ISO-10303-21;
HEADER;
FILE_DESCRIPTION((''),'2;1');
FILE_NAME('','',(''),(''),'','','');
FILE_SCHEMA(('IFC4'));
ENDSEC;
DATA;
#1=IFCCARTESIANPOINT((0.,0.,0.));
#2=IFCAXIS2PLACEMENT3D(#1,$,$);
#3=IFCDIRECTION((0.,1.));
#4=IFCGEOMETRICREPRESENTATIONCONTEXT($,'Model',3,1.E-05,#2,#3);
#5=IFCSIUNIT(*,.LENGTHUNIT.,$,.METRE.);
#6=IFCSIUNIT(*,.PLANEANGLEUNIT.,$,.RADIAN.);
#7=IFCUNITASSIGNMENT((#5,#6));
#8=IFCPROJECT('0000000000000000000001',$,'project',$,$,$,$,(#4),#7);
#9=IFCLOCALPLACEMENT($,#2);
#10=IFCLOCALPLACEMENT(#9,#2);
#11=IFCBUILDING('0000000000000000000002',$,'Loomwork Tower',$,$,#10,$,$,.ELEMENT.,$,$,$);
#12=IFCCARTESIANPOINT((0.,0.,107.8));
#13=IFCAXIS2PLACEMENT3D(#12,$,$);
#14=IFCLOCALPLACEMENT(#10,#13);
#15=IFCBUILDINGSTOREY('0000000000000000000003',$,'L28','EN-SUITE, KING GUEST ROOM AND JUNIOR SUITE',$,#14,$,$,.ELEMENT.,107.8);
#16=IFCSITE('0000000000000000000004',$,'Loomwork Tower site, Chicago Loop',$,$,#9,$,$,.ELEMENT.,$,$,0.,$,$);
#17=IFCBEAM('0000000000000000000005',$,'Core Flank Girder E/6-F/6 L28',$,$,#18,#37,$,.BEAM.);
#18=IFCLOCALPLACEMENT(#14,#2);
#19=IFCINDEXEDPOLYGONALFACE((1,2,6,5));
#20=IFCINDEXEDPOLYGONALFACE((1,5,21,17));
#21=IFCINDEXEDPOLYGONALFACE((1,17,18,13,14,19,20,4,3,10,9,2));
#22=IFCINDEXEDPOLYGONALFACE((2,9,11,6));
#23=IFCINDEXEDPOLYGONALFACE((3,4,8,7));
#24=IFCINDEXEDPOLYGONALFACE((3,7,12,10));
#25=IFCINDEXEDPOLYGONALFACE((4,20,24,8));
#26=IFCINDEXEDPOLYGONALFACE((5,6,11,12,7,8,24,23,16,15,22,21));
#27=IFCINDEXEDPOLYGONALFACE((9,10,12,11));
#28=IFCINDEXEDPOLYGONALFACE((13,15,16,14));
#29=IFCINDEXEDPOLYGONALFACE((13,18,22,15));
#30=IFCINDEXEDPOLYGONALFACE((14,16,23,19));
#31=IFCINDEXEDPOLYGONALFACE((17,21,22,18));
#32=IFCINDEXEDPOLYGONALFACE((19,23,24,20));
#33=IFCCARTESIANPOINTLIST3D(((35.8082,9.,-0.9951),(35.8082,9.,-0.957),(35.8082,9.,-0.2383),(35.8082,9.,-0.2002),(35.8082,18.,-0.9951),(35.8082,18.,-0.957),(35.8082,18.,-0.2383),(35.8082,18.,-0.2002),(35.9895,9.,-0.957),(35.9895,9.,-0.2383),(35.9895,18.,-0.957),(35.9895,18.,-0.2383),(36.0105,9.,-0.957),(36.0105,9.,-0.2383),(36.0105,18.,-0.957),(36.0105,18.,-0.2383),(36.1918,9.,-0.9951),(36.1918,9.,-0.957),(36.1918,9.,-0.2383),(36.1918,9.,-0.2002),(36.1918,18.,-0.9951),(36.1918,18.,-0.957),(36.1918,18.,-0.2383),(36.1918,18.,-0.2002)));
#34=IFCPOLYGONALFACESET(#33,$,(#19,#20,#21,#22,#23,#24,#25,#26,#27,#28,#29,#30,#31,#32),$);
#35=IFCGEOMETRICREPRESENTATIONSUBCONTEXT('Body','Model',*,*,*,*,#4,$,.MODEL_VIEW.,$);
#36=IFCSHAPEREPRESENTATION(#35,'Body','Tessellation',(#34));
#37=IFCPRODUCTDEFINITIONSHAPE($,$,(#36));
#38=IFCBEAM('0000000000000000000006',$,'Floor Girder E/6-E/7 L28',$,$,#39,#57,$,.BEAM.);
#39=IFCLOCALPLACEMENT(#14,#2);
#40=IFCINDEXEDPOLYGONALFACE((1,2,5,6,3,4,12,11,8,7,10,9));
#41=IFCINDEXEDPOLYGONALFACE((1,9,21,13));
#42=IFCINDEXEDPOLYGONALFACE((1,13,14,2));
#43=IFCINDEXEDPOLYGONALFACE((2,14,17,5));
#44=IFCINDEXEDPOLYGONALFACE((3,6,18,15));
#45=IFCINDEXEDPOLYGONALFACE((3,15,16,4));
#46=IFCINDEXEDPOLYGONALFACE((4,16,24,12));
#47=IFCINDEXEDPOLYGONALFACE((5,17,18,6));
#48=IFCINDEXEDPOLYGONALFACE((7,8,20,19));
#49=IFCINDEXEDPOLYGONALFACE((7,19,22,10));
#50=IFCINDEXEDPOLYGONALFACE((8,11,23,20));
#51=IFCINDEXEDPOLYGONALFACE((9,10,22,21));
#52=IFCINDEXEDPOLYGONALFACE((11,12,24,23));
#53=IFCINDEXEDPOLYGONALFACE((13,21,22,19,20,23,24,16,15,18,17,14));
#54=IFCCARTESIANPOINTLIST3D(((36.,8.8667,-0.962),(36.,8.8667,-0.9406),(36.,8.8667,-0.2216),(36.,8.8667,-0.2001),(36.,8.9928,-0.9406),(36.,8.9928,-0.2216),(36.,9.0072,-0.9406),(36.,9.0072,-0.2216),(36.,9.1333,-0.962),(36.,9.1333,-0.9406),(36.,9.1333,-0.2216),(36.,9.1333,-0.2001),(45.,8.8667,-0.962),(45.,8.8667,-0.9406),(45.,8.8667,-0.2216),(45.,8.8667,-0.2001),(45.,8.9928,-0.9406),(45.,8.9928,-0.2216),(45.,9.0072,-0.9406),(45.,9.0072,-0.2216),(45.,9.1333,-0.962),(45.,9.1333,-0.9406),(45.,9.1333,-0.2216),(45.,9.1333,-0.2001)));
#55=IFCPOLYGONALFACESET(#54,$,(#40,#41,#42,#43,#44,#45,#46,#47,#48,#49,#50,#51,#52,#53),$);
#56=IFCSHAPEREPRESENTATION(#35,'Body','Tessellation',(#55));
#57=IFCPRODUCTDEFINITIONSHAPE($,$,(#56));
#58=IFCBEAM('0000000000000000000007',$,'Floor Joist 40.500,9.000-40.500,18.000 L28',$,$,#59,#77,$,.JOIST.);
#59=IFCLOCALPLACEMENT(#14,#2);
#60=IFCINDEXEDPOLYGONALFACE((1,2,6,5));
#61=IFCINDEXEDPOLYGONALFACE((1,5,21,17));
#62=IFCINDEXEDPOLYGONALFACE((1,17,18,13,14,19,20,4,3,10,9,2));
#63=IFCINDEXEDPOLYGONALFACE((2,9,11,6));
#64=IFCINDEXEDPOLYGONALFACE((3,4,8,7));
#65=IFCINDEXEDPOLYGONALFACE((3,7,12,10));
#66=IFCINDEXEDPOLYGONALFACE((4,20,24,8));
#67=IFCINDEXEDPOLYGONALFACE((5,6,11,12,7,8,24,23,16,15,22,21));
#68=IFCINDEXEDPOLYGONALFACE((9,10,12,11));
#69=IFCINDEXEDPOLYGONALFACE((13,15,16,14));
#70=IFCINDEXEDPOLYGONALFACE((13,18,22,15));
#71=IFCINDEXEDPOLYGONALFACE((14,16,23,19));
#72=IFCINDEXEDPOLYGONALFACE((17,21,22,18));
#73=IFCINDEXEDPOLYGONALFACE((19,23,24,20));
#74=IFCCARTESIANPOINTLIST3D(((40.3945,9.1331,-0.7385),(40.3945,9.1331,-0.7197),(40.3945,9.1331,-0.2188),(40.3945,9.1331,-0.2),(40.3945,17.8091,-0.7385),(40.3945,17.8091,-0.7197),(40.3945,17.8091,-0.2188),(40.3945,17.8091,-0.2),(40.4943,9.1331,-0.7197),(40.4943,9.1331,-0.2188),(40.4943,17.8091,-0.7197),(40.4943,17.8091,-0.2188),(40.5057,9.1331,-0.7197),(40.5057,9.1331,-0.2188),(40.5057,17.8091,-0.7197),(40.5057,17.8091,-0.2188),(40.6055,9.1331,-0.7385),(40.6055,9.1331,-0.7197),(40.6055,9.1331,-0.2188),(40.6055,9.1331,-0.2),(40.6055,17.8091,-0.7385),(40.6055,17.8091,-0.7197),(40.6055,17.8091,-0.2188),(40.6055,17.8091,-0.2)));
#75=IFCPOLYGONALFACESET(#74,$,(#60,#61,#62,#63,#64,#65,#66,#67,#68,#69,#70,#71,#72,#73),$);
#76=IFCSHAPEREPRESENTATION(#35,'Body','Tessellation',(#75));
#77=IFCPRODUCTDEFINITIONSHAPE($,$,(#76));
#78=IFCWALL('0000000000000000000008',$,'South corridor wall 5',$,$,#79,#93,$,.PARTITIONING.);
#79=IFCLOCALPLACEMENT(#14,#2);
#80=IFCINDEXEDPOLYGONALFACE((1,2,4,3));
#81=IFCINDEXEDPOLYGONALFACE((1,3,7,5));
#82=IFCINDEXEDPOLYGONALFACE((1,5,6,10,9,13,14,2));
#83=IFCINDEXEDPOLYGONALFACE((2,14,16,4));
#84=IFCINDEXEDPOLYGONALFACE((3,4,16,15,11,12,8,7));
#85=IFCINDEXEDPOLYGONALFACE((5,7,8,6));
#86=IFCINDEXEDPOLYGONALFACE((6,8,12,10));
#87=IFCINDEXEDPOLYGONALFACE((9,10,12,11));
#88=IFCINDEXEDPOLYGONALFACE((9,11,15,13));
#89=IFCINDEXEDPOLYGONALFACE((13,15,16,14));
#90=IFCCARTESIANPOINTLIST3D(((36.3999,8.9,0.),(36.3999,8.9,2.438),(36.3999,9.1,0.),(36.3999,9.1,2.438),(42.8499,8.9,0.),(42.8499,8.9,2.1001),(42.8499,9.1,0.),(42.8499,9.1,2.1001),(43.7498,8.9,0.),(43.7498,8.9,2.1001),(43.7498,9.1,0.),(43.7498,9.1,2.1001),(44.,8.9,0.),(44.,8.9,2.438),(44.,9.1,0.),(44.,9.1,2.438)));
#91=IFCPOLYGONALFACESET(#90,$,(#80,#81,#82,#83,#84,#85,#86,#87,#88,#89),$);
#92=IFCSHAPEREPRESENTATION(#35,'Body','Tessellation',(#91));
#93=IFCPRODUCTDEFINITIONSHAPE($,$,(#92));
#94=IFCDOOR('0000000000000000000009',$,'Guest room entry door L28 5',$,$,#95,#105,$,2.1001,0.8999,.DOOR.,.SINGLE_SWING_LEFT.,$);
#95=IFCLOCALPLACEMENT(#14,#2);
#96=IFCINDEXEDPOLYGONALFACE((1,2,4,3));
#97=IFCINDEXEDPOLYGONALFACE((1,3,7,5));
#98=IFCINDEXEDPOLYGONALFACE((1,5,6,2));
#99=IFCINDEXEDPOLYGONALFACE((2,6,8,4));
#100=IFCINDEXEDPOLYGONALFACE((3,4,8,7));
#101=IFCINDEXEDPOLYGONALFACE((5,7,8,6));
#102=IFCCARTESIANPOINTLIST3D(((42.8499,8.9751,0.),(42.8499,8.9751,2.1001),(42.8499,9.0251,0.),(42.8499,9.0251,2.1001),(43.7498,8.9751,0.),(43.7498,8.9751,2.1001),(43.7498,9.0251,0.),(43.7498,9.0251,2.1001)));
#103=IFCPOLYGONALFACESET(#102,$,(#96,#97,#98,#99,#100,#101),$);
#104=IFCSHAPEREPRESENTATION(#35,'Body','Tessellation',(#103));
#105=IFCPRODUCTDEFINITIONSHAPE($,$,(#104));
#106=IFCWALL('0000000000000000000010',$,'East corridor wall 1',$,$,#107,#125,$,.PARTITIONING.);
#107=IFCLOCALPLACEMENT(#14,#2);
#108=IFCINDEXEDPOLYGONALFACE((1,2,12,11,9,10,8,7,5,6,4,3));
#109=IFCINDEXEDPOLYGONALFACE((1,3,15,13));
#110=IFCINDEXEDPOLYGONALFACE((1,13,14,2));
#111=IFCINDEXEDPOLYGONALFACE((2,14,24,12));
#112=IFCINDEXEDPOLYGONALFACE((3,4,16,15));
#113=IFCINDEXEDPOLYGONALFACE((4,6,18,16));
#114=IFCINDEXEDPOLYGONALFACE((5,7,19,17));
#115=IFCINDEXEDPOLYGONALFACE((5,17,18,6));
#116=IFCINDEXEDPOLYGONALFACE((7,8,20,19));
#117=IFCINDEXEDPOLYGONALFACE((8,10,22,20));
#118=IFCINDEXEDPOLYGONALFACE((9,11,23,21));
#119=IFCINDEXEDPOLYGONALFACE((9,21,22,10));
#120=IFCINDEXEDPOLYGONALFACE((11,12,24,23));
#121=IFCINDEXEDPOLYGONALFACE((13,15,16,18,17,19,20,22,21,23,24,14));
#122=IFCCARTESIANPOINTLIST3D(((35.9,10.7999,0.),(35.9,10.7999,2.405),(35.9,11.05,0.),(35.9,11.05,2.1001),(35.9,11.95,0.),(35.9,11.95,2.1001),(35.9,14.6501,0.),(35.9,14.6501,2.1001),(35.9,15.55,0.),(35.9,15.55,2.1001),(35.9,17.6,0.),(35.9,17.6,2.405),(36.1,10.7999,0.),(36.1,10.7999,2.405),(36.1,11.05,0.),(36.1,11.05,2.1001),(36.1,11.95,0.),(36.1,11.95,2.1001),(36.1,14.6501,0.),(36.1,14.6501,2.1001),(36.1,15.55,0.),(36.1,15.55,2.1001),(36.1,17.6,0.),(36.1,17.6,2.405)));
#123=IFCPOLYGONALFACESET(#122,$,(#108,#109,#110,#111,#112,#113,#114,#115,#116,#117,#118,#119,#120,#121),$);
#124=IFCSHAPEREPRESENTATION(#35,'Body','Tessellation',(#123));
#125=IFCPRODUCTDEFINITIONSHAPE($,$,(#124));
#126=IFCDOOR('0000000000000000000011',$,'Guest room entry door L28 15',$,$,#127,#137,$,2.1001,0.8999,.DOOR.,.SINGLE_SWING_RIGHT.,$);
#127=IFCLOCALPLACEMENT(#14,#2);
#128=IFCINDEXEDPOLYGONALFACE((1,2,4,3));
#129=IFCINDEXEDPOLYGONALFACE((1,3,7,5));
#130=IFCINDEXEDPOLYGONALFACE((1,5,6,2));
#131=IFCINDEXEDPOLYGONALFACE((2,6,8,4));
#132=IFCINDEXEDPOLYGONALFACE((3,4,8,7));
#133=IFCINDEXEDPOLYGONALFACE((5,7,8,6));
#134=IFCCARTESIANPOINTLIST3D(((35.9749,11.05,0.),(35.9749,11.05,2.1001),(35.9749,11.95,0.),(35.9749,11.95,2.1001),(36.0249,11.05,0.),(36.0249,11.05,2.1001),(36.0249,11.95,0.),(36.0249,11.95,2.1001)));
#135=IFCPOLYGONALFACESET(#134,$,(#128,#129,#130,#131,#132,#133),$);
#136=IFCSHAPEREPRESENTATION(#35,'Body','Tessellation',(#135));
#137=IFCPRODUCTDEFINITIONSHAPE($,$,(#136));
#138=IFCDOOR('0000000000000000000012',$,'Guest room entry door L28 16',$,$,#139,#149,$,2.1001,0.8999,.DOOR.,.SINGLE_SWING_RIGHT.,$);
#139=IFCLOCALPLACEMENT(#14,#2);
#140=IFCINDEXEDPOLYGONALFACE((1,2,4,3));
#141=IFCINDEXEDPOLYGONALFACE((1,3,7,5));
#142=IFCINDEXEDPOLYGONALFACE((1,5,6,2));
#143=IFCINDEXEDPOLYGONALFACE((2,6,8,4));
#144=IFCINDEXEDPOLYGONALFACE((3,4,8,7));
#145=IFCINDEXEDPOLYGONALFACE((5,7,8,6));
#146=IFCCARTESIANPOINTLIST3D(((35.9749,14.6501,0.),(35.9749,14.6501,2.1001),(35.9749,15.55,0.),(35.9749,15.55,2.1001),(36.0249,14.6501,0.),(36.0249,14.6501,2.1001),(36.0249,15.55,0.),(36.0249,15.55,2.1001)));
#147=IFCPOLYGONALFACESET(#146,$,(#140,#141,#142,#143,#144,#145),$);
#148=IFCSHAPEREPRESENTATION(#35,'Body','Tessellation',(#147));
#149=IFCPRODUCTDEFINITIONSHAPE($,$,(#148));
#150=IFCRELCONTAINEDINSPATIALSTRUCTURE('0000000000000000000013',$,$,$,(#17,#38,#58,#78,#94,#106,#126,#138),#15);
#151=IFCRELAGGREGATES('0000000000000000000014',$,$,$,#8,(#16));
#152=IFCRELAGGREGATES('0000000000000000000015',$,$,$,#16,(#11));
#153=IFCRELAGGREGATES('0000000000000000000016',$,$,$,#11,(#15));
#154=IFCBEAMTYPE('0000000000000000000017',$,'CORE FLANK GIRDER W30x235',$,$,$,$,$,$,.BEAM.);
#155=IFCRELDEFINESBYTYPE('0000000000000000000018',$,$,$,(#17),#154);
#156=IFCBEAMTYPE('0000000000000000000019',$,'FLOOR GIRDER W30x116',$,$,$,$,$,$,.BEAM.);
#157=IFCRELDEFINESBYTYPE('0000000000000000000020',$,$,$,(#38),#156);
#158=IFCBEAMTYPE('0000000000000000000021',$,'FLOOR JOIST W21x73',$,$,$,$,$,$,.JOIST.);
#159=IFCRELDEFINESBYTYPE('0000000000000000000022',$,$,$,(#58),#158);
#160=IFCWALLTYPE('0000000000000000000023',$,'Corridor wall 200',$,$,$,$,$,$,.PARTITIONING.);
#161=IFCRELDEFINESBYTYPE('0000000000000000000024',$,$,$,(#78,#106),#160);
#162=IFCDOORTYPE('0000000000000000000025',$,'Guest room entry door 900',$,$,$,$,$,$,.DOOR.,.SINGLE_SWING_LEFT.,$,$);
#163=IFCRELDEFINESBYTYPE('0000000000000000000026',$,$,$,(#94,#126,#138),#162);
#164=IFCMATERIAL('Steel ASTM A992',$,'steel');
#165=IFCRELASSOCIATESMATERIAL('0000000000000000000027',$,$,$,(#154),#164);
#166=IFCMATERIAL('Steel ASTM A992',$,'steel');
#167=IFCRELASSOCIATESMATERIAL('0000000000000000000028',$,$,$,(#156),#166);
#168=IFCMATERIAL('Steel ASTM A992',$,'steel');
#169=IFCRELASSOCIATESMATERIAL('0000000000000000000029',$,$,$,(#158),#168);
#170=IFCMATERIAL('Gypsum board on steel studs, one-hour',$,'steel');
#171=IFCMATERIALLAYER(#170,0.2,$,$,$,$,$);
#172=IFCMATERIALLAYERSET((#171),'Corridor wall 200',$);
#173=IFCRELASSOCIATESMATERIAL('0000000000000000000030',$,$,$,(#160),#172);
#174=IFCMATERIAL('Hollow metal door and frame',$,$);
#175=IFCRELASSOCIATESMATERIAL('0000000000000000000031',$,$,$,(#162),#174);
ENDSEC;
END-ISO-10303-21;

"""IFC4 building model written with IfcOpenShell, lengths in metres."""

from ifc_helpers import new_model, si_unit, direction, frame, frame_2d, origin, origin_2d, place, context, subcontext, project, spatial, rectangle, i_section, extrude, material, layer, layer_set, material_profile, profile_set, type_object, element, fill, save


model = new_model("IFC4")

# Units and contexts
model_context = context("Model", 3, precision=1e-05, world=origin(), true_north=direction((0.0, 1.0)))
body_context = subcontext(model_context, "Body", "Model", "MODEL_VIEW")
ifc_project = project(units=[si_unit("LENGTHUNIT", "METRE"), si_unit("PLANEANGLEUNIT", "RADIAN")], contexts=[model_context])

# Site, building, storey
site_placement = place(None, origin())
site = spatial("IfcSite", under=ifc_project, at=site_placement, Name="Loomwork Tower site, Chicago Loop", CompositionType="ELEMENT", RefElevation=0.0)
building_placement = place(site_placement, origin())
building = spatial("IfcBuilding", under=site, at=building_placement, Name="Loomwork Tower", CompositionType="ELEMENT")
storey_placement = place(building_placement, frame((0.0, 0.0, 107.8)))
storey = spatial("IfcBuildingStorey", under=building, at=storey_placement, Name="L28", Description="EN-SUITE, KING GUEST ROOM AND JUNIOR SUITE", CompositionType="ELEMENT", Elevation=107.8)

# Beams
ifc_material_1 = material(Name="Steel ASTM A992", Category="steel")
ifc_material_profile_1 = material_profile(ifc_material_1, i_section(OverallWidth=0.3835, OverallDepth=0.7949, WebThickness=0.021, FlangeThickness=0.0381, at=origin_2d()), Name="W30x235")
ifc_profile_set_1 = profile_set([ifc_material_profile_1], Name="Steel ASTM A992")
beam_type_1 = type_object("IfcBeamType", Name="CORE FLANK GIRDER W30x235", PredefinedType="BEAM", material=ifc_profile_set_1)
beam_1_placement = place(storey_placement, frame((36.0, 9.0, -0.5977), z_axis=(0.0, 1.0, 0.0), x_axis=(-1.0, 0.0, 0.0)))
element("IfcBeam", 1, at=beam_1_placement, inside=storey, type_object=beam_type_1, Name="Core Flank Girder E/6-F/6 L28", PredefinedType="BEAM", context=body_context, shape_type="SweptSolid", body=[
    extrude(i_section(OverallWidth=0.3835, OverallDepth=0.7949, WebThickness=0.021, FlangeThickness=0.0381, at=origin_2d()), origin(), (0.0, 0.0, 1.0), 9.0),
])
ifc_material_2 = material(Name="Steel ASTM A992", Category="steel")
ifc_material_profile_2 = material_profile(ifc_material_2, i_section(OverallWidth=0.2666, OverallDepth=0.762, WebThickness=0.0144, FlangeThickness=0.0215, at=origin_2d()), Name="W30x116")
ifc_profile_set_2 = profile_set([ifc_material_profile_2], Name="Steel ASTM A992")
beam_type_2 = type_object("IfcBeamType", Name="FLOOR GIRDER W30x116", PredefinedType="BEAM", material=ifc_profile_set_2)
beam_2_placement = place(storey_placement, frame((36.0, 9.0, -0.5811), z_axis=(1.0, 0.0, 0.0), x_axis=(0.0, 1.0, 0.0)))
element("IfcBeam", 2, at=beam_2_placement, inside=storey, type_object=beam_type_2, Name="Floor Girder E/6-E/7 L28", PredefinedType="BEAM", context=body_context, shape_type="SweptSolid", body=[
    extrude(i_section(OverallWidth=0.2666, OverallDepth=0.762, WebThickness=0.0144, FlangeThickness=0.0215, at=origin_2d()), origin(), (0.0, 0.0, 1.0), 9.0),
])
ifc_material_3 = material(Name="Steel ASTM A992", Category="steel")
ifc_material_profile_3 = material_profile(ifc_material_3, i_section(OverallWidth=0.2109, OverallDepth=0.5386, WebThickness=0.0115, FlangeThickness=0.0188, at=origin_2d()), Name="W21x73")
ifc_profile_set_3 = profile_set([ifc_material_profile_3], Name="Steel ASTM A992")
beam_type_3 = type_object("IfcBeamType", Name="FLOOR JOIST W21x73", PredefinedType="JOIST", material=ifc_profile_set_3)
beam_3_placement = place(storey_placement, frame((40.5, 9.1331, -0.4692), z_axis=(0.0, 1.0, 0.0), x_axis=(-1.0, 0.0, 0.0)))
element("IfcBeam", 3, at=beam_3_placement, inside=storey, type_object=beam_type_3, Name="Floor Joist 40.500,9.000-40.500,18.000 L28", PredefinedType="JOIST", context=body_context, shape_type="SweptSolid", body=[
    extrude(i_section(OverallWidth=0.2109, OverallDepth=0.5386, WebThickness=0.0115, FlangeThickness=0.0188, at=origin_2d()), origin(), (0.0, 0.0, 1.0), 8.676),
])

# Wall, opening, door
ifc_material_4 = material(Name="Gypsum board on steel studs, one-hour", Category="steel")
ifc_layer_1 = layer(ifc_material_4, 0.2)
ifc_layer_set_1 = layer_set([ifc_layer_1], Name="Corridor wall 200")
wall_type_1 = type_object("IfcWallType", Name="Corridor wall 200", PredefinedType="PARTITIONING", material=ifc_layer_set_1)
wall_1_placement = place(storey_placement, frame((36.3999, 9.0, 0.0), z_axis=(0.0, 0.0, 1.0), x_axis=(1.0, 0.0, 0.0)))
wall_1 = element("IfcWall", 4, at=wall_1_placement, inside=storey, type_object=wall_type_1, Name="South corridor wall 5", PredefinedType="PARTITIONING", context=body_context, shape_type="SweptSolid", body=[
    extrude(rectangle(XDim=7.6001, YDim=0.2, at=frame_2d((3.8, 0.0))), origin(), (0.0, 0.0, 1.0), 2.438),
])
opening_1_placement = place(wall_1_placement, frame((6.45, 0.0, 0.0)))
opening_1 = element("IfcOpeningElement", 5, at=opening_1_placement, cuts=wall_1, PredefinedType="OPENING", context=body_context, shape_type="SweptSolid", body=[
    extrude(rectangle(XDim=0.8999, YDim=2.1001, at=frame_2d((0.45, 1.05))), frame((0.0, 0.1099, 0.0), z_axis=(0.0, -1.0, 0.0), x_axis=(1.0, 0.0, 0.0)), (0.0, 0.0, 1.0), 0.22),
])
ifc_material_5 = material(Name="Hollow metal door and frame")
door_type_1 = type_object("IfcDoorType", Name="Guest room entry door 900", OperationType="SINGLE_SWING_LEFT", PredefinedType="DOOR", material=ifc_material_5)
door_1_placement = place(opening_1_placement, frame((0.8999, 0.0, 0.0), z_axis=(0.0, 0.0, 1.0), x_axis=(-1.0, 0.0, 0.0)))
door_1 = element("IfcDoor", 6, at=door_1_placement, inside=storey, type_object=door_type_1, Name="Guest room entry door L28 5", OperationType="SINGLE_SWING_LEFT", OverallHeight=2.1001, OverallWidth=0.8999, PredefinedType="DOOR", context=body_context, shape_type="SweptSolid", body=[
    extrude(rectangle(XDim=0.8999, YDim=2.1001, at=frame_2d((0.45, 1.05))), frame((0.0, 0.0249, 0.0), z_axis=(0.0, -1.0, 0.0), x_axis=(1.0, 0.0, 0.0)), (0.0, 0.0, 1.0), 0.05),
])
fill(opening_1, door_1)

# Wall, openings, doors
wall_2_placement = place(storey_placement, frame((36.0, 10.8, 0.0), z_axis=(0.0, 0.0, 1.0), x_axis=(0.0, 1.0, 0.0)))
wall_2 = element("IfcWall", 7, at=wall_2_placement, inside=storey, type_object=wall_type_1, Name="East corridor wall 1", PredefinedType="PARTITIONING", context=body_context, shape_type="SweptSolid", body=[
    extrude(rectangle(XDim=6.8, YDim=0.2, at=frame_2d((3.3999, 0.0))), origin(), (0.0, 0.0, 1.0), 2.405),
])
opening_2_placement = place(wall_2_placement, frame((0.25, 0.0, 0.0)))
opening_2 = element("IfcOpeningElement", 8, at=opening_2_placement, cuts=wall_2, PredefinedType="OPENING", context=body_context, shape_type="SweptSolid", body=[
    extrude(rectangle(XDim=0.8999, YDim=2.1001, at=frame_2d((0.45, 1.05))), frame((0.0, 0.1099, 0.0), z_axis=(0.0, -1.0, 0.0), x_axis=(1.0, 0.0, 0.0)), (0.0, 0.0, 1.0), 0.22),
])
opening_3_placement = place(wall_2_placement, frame((3.8501, 0.0, 0.0)))
opening_3 = element("IfcOpeningElement", 9, at=opening_3_placement, cuts=wall_2, PredefinedType="OPENING", context=body_context, shape_type="SweptSolid", body=[
    extrude(rectangle(XDim=0.8999, YDim=2.1001, at=frame_2d((0.45, 1.05))), frame((0.0, 0.1099, 0.0), z_axis=(0.0, -1.0, 0.0), x_axis=(1.0, 0.0, 0.0)), (0.0, 0.0, 1.0), 0.22),
])
door_2_placement = place(opening_2_placement, frame((0.8999, 0.0, 0.0), z_axis=(0.0, 0.0, 1.0), x_axis=(-1.0, 0.0, 0.0)))
door_2 = element("IfcDoor", 10, at=door_2_placement, inside=storey, type_object=door_type_1, Name="Guest room entry door L28 15", OperationType="SINGLE_SWING_RIGHT", OverallHeight=2.1001, OverallWidth=0.8999, PredefinedType="DOOR", context=body_context, shape_type="SweptSolid", body=[
    extrude(rectangle(XDim=0.8999, YDim=2.1001, at=frame_2d((0.45, 1.05))), frame((0.0, 0.0249, 0.0), z_axis=(0.0, -1.0, 0.0), x_axis=(1.0, 0.0, 0.0)), (0.0, 0.0, 1.0), 0.05),
])
fill(opening_2, door_2)
door_3_placement = place(opening_3_placement, frame((0.8999, 0.0, 0.0), z_axis=(0.0, 0.0, 1.0), x_axis=(-1.0, 0.0, 0.0)))
door_3 = element("IfcDoor", 11, at=door_3_placement, inside=storey, type_object=door_type_1, Name="Guest room entry door L28 16", OperationType="SINGLE_SWING_RIGHT", OverallHeight=2.1001, OverallWidth=0.8999, PredefinedType="DOOR", context=body_context, shape_type="SweptSolid", body=[
    extrude(rectangle(XDim=0.8999, YDim=2.1001, at=frame_2d((0.45, 1.05))), frame((0.0, 0.0249, 0.0), z_axis=(0.0, -1.0, 0.0), x_axis=(1.0, 0.0, 0.0)), (0.0, 0.0, 1.0), 0.05),
])
fill(opening_3, door_3)

save(model, "model.ifc")
